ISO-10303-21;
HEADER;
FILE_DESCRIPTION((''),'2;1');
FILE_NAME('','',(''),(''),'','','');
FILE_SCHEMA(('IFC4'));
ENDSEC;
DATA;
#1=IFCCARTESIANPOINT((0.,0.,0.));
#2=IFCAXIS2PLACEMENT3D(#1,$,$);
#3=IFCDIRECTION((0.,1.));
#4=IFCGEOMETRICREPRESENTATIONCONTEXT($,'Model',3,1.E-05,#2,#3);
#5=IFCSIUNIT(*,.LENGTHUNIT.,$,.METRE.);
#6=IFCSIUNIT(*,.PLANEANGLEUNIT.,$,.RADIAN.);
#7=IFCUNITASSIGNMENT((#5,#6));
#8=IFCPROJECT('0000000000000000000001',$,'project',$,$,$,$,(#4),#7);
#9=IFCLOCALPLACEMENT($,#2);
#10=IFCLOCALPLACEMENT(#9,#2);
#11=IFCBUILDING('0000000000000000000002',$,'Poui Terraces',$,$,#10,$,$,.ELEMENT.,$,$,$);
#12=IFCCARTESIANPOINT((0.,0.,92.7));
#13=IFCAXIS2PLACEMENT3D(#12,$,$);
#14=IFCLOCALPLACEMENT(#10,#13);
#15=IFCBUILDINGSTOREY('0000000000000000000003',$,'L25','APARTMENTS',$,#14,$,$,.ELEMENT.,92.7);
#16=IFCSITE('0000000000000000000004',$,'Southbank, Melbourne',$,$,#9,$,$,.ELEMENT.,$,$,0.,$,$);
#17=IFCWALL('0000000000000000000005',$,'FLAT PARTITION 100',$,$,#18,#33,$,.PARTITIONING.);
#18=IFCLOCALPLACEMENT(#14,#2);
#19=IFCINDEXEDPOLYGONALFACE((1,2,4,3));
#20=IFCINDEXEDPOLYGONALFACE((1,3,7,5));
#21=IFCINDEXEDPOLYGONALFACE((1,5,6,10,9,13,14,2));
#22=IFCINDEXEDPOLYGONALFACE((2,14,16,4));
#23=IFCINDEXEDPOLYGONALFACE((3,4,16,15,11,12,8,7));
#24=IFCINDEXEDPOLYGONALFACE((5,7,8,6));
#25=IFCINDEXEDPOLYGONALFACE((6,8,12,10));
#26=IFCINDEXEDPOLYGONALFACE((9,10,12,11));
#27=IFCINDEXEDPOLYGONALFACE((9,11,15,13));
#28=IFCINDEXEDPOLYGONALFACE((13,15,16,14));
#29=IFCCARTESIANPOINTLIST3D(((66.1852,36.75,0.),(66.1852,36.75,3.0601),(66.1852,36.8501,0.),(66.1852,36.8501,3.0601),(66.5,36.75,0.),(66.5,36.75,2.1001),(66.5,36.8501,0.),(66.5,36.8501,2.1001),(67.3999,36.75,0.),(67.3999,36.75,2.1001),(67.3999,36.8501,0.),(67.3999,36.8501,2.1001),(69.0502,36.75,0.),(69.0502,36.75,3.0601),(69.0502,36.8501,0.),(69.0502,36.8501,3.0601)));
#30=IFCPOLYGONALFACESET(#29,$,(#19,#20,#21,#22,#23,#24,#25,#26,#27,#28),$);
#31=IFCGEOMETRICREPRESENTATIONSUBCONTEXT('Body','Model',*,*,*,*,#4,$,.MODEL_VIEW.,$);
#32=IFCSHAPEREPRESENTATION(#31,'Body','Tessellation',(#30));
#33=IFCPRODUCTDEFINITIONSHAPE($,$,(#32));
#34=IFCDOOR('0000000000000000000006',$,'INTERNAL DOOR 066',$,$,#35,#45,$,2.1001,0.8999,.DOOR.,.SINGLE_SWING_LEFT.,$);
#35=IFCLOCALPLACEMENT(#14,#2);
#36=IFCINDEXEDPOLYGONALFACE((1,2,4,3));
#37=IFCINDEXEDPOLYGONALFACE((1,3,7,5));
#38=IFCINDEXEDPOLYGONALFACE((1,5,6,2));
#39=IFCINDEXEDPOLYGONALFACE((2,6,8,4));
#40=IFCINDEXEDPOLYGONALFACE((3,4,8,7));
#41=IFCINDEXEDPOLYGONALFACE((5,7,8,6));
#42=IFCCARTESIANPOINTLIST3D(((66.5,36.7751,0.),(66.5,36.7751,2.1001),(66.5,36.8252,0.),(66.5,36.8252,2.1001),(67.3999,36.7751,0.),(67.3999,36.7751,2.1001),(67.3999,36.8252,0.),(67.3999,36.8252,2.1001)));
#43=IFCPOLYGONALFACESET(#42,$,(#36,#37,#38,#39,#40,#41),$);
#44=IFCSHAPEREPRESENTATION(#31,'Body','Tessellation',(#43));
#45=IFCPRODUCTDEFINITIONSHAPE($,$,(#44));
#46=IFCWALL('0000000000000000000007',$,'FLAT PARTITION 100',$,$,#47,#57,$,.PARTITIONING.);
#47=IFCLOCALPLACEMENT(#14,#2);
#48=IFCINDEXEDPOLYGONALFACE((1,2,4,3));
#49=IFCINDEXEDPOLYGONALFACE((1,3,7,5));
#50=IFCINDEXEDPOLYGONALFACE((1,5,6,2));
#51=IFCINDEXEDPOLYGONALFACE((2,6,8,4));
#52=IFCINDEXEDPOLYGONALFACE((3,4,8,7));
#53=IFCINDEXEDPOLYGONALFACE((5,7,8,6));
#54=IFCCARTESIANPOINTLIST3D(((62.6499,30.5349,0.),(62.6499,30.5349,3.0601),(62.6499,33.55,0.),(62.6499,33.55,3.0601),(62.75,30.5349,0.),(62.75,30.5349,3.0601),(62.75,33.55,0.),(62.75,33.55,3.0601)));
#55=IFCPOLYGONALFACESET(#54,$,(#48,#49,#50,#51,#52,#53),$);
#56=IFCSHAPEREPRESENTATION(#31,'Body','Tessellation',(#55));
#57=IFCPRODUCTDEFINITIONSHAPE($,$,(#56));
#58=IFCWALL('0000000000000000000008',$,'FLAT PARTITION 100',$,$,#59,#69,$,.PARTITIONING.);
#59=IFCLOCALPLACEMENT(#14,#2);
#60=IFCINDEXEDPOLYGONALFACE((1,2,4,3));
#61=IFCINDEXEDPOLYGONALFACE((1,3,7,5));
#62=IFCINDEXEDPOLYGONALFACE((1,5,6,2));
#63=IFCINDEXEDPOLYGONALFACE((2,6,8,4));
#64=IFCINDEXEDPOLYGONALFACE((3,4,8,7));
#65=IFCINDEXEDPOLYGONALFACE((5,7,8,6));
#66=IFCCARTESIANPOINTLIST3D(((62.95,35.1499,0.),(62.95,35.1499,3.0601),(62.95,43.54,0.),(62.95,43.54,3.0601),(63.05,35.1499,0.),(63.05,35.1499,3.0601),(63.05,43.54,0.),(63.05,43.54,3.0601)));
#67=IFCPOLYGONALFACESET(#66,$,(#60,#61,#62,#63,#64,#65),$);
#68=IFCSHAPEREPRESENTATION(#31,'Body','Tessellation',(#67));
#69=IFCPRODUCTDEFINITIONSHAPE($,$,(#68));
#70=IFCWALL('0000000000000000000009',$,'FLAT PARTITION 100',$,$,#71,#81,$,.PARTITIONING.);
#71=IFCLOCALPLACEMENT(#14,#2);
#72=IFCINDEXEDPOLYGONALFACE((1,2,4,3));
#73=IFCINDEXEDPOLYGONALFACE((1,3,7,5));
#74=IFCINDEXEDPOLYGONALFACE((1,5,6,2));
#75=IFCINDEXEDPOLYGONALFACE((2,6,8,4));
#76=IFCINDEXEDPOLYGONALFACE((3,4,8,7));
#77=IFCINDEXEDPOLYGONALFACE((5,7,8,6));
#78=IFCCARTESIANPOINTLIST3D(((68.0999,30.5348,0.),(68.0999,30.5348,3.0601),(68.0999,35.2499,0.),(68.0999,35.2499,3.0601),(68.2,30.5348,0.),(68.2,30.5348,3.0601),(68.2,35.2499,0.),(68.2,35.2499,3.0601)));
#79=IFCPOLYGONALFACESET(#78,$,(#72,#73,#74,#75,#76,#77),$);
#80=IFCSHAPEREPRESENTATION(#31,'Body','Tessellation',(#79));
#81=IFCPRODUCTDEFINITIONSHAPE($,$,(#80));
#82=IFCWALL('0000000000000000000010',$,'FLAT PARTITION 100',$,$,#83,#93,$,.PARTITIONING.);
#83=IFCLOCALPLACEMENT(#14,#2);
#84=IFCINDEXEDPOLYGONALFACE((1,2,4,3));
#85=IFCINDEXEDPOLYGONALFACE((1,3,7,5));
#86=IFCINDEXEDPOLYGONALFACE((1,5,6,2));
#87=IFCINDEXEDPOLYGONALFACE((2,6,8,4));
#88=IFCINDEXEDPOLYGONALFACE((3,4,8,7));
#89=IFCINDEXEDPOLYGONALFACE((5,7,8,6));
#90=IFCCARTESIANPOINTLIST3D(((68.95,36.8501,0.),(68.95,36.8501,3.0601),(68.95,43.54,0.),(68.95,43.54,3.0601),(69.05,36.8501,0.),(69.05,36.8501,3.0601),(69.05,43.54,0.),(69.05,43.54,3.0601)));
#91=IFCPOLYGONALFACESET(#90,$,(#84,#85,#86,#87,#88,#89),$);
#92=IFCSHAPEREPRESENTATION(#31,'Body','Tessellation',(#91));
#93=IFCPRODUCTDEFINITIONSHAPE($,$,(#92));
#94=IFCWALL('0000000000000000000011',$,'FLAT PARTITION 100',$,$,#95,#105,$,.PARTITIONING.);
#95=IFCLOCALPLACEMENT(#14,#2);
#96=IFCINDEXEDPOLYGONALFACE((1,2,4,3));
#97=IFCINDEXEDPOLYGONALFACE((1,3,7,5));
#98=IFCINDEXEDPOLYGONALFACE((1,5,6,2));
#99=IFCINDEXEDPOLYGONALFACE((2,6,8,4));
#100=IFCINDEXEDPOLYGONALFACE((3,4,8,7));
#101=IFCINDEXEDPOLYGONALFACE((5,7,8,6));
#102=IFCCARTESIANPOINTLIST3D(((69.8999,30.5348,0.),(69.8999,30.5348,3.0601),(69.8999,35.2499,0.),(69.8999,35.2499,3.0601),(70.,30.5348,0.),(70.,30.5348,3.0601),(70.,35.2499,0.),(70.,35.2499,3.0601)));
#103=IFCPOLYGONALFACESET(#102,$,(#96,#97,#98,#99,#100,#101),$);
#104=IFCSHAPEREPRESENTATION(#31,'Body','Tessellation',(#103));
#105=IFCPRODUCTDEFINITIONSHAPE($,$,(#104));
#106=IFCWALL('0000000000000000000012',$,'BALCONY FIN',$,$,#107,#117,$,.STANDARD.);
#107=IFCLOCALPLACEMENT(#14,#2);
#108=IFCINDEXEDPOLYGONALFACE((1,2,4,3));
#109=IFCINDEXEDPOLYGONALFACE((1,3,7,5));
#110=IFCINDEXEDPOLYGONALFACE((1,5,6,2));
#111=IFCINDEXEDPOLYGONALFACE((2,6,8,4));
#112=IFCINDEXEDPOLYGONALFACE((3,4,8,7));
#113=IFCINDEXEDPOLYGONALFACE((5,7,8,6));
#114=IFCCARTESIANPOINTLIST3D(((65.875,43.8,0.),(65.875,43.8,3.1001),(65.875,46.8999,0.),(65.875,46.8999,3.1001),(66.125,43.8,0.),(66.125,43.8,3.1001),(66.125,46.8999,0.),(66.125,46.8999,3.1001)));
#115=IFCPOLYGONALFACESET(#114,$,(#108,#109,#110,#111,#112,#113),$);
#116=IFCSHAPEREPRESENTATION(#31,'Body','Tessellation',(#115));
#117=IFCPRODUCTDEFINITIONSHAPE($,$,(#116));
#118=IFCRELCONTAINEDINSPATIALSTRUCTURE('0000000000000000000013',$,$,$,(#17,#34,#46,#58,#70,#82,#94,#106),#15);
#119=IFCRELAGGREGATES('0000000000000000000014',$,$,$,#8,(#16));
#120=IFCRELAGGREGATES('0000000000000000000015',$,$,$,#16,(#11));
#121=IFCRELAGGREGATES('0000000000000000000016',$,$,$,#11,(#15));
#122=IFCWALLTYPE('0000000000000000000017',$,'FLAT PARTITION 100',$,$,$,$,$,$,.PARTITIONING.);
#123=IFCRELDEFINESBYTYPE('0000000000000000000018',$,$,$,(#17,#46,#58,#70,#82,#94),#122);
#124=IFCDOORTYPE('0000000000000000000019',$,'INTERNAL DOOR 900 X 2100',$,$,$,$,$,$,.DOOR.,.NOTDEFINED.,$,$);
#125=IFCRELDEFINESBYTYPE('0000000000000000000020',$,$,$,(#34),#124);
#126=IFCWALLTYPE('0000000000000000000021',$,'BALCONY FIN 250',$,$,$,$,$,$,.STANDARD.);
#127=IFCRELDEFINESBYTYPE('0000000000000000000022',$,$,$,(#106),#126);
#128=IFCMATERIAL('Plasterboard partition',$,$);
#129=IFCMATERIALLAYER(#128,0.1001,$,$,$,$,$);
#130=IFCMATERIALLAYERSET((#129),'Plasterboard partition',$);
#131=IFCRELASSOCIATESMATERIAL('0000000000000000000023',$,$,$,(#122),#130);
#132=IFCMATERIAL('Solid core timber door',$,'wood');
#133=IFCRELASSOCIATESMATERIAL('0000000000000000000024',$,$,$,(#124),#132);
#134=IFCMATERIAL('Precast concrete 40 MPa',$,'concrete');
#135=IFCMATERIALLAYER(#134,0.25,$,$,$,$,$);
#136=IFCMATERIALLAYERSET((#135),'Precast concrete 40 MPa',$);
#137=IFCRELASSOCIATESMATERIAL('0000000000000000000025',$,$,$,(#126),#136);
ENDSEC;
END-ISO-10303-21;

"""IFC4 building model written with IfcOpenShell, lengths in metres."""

from ifc_helpers import new_model, si_unit, direction, frame, frame_2d, origin, place, context, subcontext, project, spatial, polyline, rectangle, outline, extrude, source, transform, mapped, material, layer, layer_set, type_object, element, fill, save


model = new_model("IFC4")

# Units and contexts
model_context = context("Model", 3, precision=1e-05, world=origin(), true_north=direction((0.0, 1.0)))
body_context = subcontext(model_context, "Body", "Model", "MODEL_VIEW")
ifc_project = project(units=[si_unit("LENGTHUNIT", "METRE"), si_unit("PLANEANGLEUNIT", "RADIAN")], contexts=[model_context])

# Site, building, storey
site_placement = place(None, origin())
site = spatial("IfcSite", under=ifc_project, at=site_placement, Name="Southbank, Melbourne", CompositionType="ELEMENT", RefElevation=0.0)
building_placement = place(site_placement, origin())
building = spatial("IfcBuilding", under=site, at=building_placement, Name="Poui Terraces", CompositionType="ELEMENT")
storey_placement = place(building_placement, frame((0.0, 0.0, 92.7)))
storey = spatial("IfcBuildingStorey", under=building, at=storey_placement, Name="L25", Description="APARTMENTS", CompositionType="ELEMENT", Elevation=92.7)

# Shared definitions
ifc_material_1 = material(Name="Plasterboard partition")
ifc_layer_1 = layer(ifc_material_1, 0.1001)
ifc_layer_set_1 = layer_set([ifc_layer_1], Name="Plasterboard partition")
wall_type_1 = type_object("IfcWallType", Name="FLAT PARTITION 100", PredefinedType="PARTITIONING", material=ifc_layer_set_1)
ifc_material_2 = material(Name="Solid core timber door", Category="wood")

# Shared definitions
door_type_1 = type_object("IfcDoorType", Name="INTERNAL DOOR 900 X 2100", OperationType="NOTDEFINED", PredefinedType="DOOR", material=ifc_material_2)

# Wall, opening, door
wall_1_placement = place(storey_placement, frame((66.1851, 36.8, 0.0), z_axis=(0.0, 0.0, 1.0), x_axis=(1.0, 0.0, 0.0)))
wall_1 = element("IfcWall", 1, at=wall_1_placement, inside=storey, type_object=wall_type_1, Name="FLAT PARTITION 100", PredefinedType="PARTITIONING", context=body_context, shape_type="SweptSolid", body=[
    extrude(rectangle(XDim=2.865, YDim=0.1001, at=frame_2d((1.4326, 0.0))), origin(), (0.0, 0.0, 1.0), 3.0601),
])
opening_1_placement = place(wall_1_placement, frame((0.3149, 0.0, 0.0)))
opening_1 = element("IfcOpeningElement", 2, at=opening_1_placement, cuts=wall_1, PredefinedType="OPENING", context=body_context, shape_type="SweptSolid", body=[
    extrude(rectangle(XDim=0.8999, YDim=2.1001, at=frame_2d((0.45, 1.05))), frame((0.0, 0.0601, 0.0), z_axis=(0.0, -1.0, 0.0), x_axis=(1.0, 0.0, 0.0)), (0.0, 0.0, 1.0), 0.1201),
])
door_1_placement = place(opening_1_placement, frame((0.8999, 0.0, 0.0), z_axis=(0.0, 0.0, 1.0), x_axis=(-1.0, 0.0, 0.0)))
door_1 = element("IfcDoor", 3, at=door_1_placement, inside=storey, type_object=door_type_1, Name="INTERNAL DOOR 066", OperationType="SINGLE_SWING_LEFT", OverallHeight=2.1001, OverallWidth=0.8999, PredefinedType="DOOR", context=body_context, shape_type="SweptSolid", body=[
    extrude(rectangle(XDim=0.8999, YDim=2.1001, at=frame_2d((0.45, 1.05))), frame((0.0, 0.0249, 0.0), z_axis=(0.0, -1.0, 0.0), x_axis=(1.0, 0.0, 0.0)), (0.0, 0.0, 1.0), 0.05),
])
fill(opening_1, door_1)

# Walls
wall_2_placement = place(storey_placement, frame((62.7, 30.5349, 0.0), z_axis=(0.0, 0.0, 1.0), x_axis=(0.0, 1.0, 0.0)))
element("IfcWall", 4, at=wall_2_placement, inside=storey, type_object=wall_type_1, Name="FLAT PARTITION 100", PredefinedType="PARTITIONING", context=body_context, shape_type="SweptSolid", body=[
    extrude(rectangle(XDim=3.0151, YDim=0.1001, at=frame_2d((1.5076, 0.0))), origin(), (0.0, 0.0, 1.0), 3.0601),
])
wall_3_placement = place(storey_placement, frame((63.0, 35.1499, 0.0), z_axis=(0.0, 0.0, 1.0), x_axis=(0.0, 1.0, 0.0)))
element("IfcWall", 5, at=wall_3_placement, inside=storey, type_object=wall_type_1, Name="FLAT PARTITION 100", PredefinedType="PARTITIONING", context=body_context, shape_type="SweptSolid", body=[
    extrude(rectangle(XDim=8.3901, YDim=0.1001, at=frame_2d((4.1951, 0.0))), origin(), (0.0, 0.0, 1.0), 3.0601),
])
wall_4_placement = place(storey_placement, frame((68.1499, 30.5349, 0.0), z_axis=(0.0, 0.0, 1.0), x_axis=(0.0, 1.0, 0.0)))
element("IfcWall", 6, at=wall_4_placement, inside=storey, type_object=wall_type_1, Name="FLAT PARTITION 100", PredefinedType="PARTITIONING", context=body_context, shape_type="SweptSolid", body=[
    extrude(rectangle(XDim=4.7151, YDim=0.1001, at=frame_2d((2.3574, 0.0))), origin(), (0.0, 0.0, 1.0), 3.0601),
])
wall_5_placement = place(storey_placement, frame((69.0, 36.8501, 0.0), z_axis=(0.0, 0.0, 1.0), x_axis=(0.0, 1.0, 0.0)))
element("IfcWall", 7, at=wall_5_placement, inside=storey, type_object=wall_type_1, Name="FLAT PARTITION 100", PredefinedType="PARTITIONING", context=body_context, shape_type="SweptSolid", body=[
    extrude(rectangle(XDim=6.6899, YDim=0.1001, at=frame_2d((3.345, 0.0))), origin(), (0.0, 0.0, 1.0), 3.0601),
])
wall_6_placement = place(storey_placement, frame((69.95, 30.5349, 0.0), z_axis=(0.0, 0.0, 1.0), x_axis=(0.0, 1.0, 0.0)))
element("IfcWall", 8, at=wall_6_placement, inside=storey, type_object=wall_type_1, Name="FLAT PARTITION 100", PredefinedType="PARTITIONING", context=body_context, shape_type="SweptSolid", body=[
    extrude(rectangle(XDim=4.7151, YDim=0.1001, at=frame_2d((2.3574, 0.0))), origin(), (0.0, 0.0, 1.0), 3.0601),
])
ifc_material_3 = material(Name="Precast concrete 40 MPa", Category="concrete")
ifc_layer_2 = layer(ifc_material_3, 0.25)
ifc_layer_set_2 = layer_set([ifc_layer_2], Name="Precast concrete 40 MPa")
wall_type_2 = type_object("IfcWallType", Name="BALCONY FIN 250", PredefinedType="STANDARD", material=ifc_layer_set_2)
shared_shape_1 = source(origin(), body_context, "Body", "SweptSolid", [
    extrude(outline(polyline([(0.0, 0.0), (0.25, 0.0), (0.25, 3.0999), (0.0, 3.0999), (0.0, 0.0)])), origin(), (0.0, 0.0, 1.0), 3.1001),
])
wall_7_placement = place(storey_placement, frame((65.875, 43.8, 0.0)))
element("IfcWall", 9, at=wall_7_placement, inside=storey, type_object=wall_type_2, Name="BALCONY FIN", PredefinedType="STANDARD", context=body_context, shape_type="MappedRepresentation", body=[
    mapped(shared_shape_1, transform((0.0, 0.0, 0.0))),
])

save(model, "model.ifc")
